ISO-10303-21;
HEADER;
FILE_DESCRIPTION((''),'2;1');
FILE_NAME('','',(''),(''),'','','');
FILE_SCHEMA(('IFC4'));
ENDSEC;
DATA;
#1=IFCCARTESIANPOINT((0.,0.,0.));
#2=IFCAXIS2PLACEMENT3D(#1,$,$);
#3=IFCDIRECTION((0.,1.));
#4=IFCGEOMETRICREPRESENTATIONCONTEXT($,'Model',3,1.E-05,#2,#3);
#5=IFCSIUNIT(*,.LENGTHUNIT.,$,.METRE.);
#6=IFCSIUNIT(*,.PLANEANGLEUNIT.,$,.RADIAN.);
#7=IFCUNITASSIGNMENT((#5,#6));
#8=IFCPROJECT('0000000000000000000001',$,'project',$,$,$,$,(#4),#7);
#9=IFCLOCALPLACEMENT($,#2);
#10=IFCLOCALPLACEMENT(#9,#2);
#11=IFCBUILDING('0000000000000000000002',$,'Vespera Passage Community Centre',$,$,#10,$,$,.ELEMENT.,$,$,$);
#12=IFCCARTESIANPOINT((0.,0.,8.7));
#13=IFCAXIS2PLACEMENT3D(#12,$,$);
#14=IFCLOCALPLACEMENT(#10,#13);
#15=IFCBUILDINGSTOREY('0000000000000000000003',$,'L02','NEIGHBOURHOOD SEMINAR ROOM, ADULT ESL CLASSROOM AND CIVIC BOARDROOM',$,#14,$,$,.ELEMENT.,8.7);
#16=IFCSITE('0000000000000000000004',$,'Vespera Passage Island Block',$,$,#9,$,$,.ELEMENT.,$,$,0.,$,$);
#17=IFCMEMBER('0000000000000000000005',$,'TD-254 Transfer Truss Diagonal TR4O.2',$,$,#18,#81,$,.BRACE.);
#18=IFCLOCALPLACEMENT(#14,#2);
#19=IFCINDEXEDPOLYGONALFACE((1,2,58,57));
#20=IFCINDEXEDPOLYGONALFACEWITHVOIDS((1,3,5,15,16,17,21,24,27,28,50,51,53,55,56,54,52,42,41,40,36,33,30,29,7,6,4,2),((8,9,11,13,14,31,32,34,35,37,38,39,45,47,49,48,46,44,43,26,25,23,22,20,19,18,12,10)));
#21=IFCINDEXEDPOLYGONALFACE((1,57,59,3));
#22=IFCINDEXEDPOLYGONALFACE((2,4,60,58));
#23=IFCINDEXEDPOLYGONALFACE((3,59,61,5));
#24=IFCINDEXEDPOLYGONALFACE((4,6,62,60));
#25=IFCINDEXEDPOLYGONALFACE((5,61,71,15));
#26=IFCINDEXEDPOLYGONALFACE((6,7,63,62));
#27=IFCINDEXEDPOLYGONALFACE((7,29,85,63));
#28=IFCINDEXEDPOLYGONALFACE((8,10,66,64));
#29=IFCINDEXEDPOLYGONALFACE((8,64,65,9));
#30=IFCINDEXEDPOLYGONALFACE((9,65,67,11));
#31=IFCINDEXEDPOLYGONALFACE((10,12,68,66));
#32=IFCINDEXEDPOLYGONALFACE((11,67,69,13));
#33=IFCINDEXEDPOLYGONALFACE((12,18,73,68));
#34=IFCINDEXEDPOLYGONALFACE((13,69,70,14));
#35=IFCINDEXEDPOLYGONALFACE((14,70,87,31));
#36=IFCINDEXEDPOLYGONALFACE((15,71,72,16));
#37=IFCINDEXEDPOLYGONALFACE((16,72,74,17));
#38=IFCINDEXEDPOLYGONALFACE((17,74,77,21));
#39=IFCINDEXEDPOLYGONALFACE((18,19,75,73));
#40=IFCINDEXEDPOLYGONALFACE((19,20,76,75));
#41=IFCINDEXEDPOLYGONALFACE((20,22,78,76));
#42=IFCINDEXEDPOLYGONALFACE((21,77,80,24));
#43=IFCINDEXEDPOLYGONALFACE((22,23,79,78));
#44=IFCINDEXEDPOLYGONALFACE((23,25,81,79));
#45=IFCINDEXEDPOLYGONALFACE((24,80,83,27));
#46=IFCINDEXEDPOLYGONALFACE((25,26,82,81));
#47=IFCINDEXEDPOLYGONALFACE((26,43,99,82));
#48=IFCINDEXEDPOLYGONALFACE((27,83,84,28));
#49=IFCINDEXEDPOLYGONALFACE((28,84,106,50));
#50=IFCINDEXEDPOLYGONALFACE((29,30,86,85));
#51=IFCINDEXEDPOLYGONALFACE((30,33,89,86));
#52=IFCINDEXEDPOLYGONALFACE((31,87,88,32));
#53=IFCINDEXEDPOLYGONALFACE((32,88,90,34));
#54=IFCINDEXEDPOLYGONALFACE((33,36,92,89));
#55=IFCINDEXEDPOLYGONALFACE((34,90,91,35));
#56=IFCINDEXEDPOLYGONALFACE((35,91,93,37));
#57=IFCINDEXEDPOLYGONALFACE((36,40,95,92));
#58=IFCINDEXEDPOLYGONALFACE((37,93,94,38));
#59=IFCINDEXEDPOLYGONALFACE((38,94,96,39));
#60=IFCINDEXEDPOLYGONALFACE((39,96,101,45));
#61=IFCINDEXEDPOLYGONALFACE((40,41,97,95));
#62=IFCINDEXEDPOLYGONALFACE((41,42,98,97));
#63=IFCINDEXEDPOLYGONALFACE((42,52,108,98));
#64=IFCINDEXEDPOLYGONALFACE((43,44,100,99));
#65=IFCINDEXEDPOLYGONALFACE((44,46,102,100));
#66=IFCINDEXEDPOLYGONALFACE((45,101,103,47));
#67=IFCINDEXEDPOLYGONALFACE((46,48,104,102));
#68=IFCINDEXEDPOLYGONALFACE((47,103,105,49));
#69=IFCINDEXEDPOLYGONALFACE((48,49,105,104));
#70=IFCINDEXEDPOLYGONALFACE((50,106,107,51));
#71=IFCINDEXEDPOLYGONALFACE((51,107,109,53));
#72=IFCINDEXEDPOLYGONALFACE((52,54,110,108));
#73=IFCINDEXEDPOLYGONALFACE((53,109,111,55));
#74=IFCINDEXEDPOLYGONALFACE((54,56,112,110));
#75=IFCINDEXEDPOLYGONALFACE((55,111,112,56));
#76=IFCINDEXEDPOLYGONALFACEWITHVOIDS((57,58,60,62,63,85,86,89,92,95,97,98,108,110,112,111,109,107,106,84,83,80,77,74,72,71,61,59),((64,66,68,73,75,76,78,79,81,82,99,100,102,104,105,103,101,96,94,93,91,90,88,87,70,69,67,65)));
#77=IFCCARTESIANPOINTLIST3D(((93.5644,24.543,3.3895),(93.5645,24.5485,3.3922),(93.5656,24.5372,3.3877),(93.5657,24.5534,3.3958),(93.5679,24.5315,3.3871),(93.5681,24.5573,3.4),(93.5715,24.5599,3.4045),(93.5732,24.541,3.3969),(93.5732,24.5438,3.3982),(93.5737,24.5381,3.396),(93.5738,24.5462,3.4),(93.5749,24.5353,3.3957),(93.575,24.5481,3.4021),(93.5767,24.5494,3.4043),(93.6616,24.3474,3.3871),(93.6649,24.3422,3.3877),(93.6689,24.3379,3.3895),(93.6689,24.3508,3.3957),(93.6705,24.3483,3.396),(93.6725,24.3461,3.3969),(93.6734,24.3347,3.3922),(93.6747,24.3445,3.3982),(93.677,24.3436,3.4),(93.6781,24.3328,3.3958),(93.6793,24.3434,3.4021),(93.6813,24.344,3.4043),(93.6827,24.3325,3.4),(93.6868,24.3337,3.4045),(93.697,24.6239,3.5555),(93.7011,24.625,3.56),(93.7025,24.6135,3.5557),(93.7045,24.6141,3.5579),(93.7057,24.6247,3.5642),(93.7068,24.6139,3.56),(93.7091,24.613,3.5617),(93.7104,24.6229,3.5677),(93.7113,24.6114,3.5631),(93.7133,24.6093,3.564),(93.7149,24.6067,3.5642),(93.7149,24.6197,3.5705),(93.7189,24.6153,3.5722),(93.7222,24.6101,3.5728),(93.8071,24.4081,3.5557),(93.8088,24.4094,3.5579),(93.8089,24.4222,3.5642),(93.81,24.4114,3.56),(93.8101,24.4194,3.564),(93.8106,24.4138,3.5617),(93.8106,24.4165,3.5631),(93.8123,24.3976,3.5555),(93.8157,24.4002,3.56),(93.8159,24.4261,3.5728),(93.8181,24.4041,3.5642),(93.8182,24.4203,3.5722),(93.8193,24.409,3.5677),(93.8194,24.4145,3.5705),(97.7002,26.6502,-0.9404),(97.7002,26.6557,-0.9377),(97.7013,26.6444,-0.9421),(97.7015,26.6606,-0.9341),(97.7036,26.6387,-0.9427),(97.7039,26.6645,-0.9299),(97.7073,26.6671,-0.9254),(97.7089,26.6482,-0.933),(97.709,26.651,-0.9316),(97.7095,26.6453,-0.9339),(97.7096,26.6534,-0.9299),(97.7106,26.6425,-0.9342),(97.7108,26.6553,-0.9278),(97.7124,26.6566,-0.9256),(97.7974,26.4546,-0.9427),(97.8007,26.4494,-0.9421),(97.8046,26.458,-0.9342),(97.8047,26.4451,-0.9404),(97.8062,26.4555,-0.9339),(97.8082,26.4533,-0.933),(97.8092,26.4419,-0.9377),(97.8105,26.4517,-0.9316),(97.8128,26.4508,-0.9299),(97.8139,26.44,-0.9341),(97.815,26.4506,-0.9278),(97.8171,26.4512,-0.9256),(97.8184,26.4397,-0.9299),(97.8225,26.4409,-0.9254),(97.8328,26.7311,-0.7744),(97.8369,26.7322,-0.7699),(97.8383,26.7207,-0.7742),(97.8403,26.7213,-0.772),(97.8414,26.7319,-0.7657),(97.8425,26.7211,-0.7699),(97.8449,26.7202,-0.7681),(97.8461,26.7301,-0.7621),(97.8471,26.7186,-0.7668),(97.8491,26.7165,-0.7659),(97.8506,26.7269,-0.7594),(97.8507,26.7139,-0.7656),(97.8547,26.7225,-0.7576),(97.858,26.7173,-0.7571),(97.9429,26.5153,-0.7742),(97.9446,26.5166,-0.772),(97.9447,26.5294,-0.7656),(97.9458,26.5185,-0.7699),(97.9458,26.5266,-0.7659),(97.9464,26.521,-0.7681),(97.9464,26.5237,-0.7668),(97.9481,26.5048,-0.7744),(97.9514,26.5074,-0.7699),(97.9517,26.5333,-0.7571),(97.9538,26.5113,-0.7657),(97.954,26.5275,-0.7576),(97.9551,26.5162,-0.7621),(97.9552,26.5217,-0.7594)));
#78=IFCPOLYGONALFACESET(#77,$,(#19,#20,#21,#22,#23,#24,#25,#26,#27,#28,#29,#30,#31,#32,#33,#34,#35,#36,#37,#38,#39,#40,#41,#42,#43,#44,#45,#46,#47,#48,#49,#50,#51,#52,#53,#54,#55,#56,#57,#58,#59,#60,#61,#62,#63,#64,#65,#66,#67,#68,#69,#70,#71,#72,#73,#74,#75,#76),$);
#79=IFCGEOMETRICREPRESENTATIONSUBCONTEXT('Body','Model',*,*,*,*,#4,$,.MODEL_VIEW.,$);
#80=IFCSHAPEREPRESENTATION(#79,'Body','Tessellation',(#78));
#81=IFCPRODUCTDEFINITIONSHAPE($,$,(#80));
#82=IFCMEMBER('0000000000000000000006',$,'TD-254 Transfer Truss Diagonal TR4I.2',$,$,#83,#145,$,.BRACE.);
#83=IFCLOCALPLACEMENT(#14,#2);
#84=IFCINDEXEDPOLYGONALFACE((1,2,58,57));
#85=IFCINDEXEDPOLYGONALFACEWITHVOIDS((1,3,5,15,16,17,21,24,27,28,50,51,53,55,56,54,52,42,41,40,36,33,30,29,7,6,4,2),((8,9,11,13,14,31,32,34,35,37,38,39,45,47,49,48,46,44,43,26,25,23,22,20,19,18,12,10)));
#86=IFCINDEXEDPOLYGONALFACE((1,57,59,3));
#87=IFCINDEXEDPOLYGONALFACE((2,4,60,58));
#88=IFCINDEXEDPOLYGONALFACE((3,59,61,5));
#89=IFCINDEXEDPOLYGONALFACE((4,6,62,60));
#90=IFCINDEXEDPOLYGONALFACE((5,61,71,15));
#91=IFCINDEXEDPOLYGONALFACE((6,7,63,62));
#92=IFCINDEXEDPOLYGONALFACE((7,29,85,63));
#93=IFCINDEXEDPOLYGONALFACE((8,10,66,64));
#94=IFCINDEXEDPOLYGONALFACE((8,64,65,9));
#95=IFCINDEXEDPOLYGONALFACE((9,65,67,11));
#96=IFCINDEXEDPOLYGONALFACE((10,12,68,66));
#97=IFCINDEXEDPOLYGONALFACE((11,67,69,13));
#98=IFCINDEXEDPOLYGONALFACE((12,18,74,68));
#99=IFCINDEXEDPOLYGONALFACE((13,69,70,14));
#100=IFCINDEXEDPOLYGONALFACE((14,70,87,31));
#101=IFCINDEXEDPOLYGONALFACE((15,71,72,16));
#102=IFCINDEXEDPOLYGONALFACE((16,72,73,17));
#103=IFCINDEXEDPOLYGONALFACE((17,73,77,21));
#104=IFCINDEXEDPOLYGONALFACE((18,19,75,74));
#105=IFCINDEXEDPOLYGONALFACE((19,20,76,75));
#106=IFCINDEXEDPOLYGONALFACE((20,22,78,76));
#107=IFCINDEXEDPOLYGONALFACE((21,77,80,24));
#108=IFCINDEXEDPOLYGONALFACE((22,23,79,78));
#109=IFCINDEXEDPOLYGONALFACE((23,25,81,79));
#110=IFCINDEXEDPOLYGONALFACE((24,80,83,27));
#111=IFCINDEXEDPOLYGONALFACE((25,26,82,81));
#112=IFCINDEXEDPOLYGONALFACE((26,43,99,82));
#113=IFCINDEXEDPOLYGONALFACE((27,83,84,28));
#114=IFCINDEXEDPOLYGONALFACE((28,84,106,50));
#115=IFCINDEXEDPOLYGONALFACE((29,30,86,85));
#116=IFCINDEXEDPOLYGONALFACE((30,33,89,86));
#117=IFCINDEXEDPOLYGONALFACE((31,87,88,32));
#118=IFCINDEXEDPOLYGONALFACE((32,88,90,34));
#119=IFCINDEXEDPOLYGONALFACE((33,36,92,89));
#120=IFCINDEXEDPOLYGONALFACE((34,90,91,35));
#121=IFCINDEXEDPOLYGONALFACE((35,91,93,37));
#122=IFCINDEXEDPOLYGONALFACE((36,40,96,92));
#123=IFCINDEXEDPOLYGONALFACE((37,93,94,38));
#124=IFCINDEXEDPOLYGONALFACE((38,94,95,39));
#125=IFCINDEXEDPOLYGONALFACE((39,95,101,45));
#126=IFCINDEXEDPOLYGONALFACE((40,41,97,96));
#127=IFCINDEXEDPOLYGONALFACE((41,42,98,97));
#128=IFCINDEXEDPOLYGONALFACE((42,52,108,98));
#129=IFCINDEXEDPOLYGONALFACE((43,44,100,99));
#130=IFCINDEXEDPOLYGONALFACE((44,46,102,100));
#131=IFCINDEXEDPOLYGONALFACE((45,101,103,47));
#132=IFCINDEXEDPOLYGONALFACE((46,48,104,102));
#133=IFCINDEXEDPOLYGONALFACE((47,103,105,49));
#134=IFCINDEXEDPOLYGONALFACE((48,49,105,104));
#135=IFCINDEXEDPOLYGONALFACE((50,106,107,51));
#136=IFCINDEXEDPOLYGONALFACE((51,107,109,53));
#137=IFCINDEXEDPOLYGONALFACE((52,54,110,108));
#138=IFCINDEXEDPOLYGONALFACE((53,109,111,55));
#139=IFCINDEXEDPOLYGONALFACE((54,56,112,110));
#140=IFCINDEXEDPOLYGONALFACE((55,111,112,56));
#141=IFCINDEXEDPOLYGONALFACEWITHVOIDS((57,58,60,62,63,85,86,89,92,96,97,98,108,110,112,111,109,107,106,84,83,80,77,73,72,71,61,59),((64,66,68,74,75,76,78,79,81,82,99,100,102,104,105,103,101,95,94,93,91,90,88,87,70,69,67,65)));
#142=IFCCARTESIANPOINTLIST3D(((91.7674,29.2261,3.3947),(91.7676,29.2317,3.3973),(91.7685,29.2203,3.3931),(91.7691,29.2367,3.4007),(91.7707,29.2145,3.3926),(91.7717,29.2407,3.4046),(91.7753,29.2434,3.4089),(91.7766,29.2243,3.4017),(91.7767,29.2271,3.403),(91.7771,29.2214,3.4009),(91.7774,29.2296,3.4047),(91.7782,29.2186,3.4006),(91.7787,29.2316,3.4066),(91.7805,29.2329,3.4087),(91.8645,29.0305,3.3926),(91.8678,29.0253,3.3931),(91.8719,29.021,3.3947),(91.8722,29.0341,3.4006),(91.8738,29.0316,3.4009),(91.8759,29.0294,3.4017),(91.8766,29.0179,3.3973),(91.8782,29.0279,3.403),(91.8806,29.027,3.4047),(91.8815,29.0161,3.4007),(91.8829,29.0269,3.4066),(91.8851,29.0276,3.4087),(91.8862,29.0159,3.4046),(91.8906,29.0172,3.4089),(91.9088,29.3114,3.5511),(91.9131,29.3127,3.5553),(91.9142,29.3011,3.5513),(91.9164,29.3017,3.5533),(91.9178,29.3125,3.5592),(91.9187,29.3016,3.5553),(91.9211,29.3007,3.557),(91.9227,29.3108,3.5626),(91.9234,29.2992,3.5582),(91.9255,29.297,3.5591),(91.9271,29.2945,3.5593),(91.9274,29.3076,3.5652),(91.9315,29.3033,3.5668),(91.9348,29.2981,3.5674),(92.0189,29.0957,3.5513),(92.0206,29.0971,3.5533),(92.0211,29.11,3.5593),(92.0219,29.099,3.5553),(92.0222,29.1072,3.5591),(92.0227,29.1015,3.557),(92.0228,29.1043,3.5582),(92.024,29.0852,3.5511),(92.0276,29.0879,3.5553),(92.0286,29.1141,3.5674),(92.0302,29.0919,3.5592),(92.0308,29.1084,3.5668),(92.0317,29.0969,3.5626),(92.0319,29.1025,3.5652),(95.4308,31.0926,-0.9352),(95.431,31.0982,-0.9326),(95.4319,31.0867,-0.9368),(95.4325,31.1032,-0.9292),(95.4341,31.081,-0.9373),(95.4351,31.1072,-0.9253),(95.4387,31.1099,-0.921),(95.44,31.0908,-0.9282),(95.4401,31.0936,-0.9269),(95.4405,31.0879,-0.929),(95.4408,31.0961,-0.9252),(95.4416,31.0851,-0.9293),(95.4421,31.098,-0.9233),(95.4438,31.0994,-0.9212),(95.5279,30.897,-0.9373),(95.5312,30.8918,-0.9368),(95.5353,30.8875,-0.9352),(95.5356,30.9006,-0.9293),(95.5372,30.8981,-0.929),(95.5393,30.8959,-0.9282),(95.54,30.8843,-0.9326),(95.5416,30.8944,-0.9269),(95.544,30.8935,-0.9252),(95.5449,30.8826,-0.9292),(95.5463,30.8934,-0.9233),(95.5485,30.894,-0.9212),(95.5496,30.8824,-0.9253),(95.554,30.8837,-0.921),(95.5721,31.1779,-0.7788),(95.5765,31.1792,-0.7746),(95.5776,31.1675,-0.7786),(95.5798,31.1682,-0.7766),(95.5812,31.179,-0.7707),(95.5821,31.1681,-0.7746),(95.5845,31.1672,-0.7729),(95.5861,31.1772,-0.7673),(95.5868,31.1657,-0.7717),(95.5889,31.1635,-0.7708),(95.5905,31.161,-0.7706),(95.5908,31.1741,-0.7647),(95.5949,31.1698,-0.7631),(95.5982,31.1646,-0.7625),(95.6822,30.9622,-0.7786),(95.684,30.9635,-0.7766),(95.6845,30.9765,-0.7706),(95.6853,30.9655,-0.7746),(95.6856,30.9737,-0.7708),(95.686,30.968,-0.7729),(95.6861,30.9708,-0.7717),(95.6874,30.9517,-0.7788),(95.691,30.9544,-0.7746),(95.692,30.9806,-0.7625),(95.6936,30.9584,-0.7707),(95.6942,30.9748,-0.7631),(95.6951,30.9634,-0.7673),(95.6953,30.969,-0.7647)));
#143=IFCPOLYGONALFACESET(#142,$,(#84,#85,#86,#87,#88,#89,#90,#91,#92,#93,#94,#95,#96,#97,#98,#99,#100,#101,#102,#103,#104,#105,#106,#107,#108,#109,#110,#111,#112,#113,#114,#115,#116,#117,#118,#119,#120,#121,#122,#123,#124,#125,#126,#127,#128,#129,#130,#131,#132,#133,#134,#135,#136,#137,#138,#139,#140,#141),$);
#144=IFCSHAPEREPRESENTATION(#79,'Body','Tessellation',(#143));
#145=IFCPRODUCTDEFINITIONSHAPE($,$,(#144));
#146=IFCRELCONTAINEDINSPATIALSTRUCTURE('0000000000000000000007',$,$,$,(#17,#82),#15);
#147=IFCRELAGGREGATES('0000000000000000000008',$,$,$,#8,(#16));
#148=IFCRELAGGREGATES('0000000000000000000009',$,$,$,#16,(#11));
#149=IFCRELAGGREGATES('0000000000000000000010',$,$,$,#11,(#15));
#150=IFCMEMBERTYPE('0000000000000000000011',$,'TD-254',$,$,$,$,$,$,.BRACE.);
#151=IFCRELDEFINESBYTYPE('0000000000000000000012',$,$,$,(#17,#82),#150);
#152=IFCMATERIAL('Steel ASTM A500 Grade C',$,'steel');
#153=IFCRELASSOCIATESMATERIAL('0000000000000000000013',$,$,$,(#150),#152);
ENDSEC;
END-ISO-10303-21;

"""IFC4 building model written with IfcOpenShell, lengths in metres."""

from ifc_helpers import new_model, si_unit, direction, frame, origin, origin_2d, place, context, subcontext, project, spatial, hollow_rectangle, extrude, material, material_profile, profile_set, type_object, element, save


model = new_model("IFC4")

# Units and contexts
model_context = context("Model", 3, precision=1e-05, world=origin(), true_north=direction((0.0, 1.0)))
body_context = subcontext(model_context, "Body", "Model", "MODEL_VIEW")
ifc_project = project(units=[si_unit("LENGTHUNIT", "METRE"), si_unit("PLANEANGLEUNIT", "RADIAN")], contexts=[model_context])

# Site, building, storey
site_placement = place(None, origin())
site = spatial("IfcSite", under=ifc_project, at=site_placement, Name="Vespera Passage Island Block", CompositionType="ELEMENT", RefElevation=0.0)
building_placement = place(site_placement, origin())
building = spatial("IfcBuilding", under=site, at=building_placement, Name="Vespera Passage Community Centre", CompositionType="ELEMENT")
storey_placement = place(building_placement, frame((0.0, 0.0, 8.7)))
storey = spatial("IfcBuildingStorey", under=building, at=storey_placement, Name="L02", Description="NEIGHBOURHOOD SEMINAR ROOM, ADULT ESL CLASSROOM AND CIVIC BOARDROOM", CompositionType="ELEMENT", Elevation=8.7)

# Members
ifc_material_1 = material(Name="Steel ASTM A500 Grade C", Category="steel")
ifc_material_profile_1 = material_profile(ifc_material_1, hollow_rectangle(XDim=0.2539, YDim=0.2539, WallThickness=0.0117, InnerFilletRadius=0.0117, OuterFilletRadius=0.0237, at=origin_2d()), Name="HSS254X254X12.7")
ifc_profile_set_1 = profile_set([ifc_material_profile_1], Name="Steel ASTM A500 Grade C")
member_type_1 = type_object("IfcMemberType", Name="TD-254", PredefinedType="BRACE", material=ifc_profile_set_1)
member_1_placement = place(storey_placement, frame((93.6919, 24.4788, 3.48), z_axis=(0.651544, 0.331964, -0.682121), x_axis=(-0.453975, 0.891014, 0.0)))
element("IfcMember", 1, at=member_1_placement, inside=storey, type_object=member_type_1, Name="TD-254 Transfer Truss Diagonal TR4O.2", PredefinedType="BRACE", context=body_context, shape_type="SweptSolid", body=[
    extrude(hollow_rectangle(XDim=0.2539, YDim=0.2539, WallThickness=0.0117, InnerFilletRadius=0.0117, OuterFilletRadius=0.0237, at=origin_2d()), origin(), (0.0, 0.0, 1.0), 6.3477),
])
for number, where, z_axis, x_axis, name in (
    (2, (91.8997, 29.1643, 3.48), (0.613535, 0.312594, -0.725162), (-0.45397, 0.891017, 0.0), "TD-254 Transfer Truss Diagonal TR4I.2"),
):
    element("IfcMember", number, at=place(storey_placement, frame(where, z_axis=z_axis, x_axis=x_axis)), inside=storey, type_object=member_type_1, Name=name, PredefinedType="BRACE", context=body_context, shape_type="SweptSolid", body=[
        extrude(hollow_rectangle(XDim=0.2539, YDim=0.2539, WallThickness=0.0117, InnerFilletRadius=0.0117, OuterFilletRadius=0.0237, at=origin_2d()), origin(), (0.0, 0.0, 1.0), 5.9709),
    ])

save(model, "model.ifc")
